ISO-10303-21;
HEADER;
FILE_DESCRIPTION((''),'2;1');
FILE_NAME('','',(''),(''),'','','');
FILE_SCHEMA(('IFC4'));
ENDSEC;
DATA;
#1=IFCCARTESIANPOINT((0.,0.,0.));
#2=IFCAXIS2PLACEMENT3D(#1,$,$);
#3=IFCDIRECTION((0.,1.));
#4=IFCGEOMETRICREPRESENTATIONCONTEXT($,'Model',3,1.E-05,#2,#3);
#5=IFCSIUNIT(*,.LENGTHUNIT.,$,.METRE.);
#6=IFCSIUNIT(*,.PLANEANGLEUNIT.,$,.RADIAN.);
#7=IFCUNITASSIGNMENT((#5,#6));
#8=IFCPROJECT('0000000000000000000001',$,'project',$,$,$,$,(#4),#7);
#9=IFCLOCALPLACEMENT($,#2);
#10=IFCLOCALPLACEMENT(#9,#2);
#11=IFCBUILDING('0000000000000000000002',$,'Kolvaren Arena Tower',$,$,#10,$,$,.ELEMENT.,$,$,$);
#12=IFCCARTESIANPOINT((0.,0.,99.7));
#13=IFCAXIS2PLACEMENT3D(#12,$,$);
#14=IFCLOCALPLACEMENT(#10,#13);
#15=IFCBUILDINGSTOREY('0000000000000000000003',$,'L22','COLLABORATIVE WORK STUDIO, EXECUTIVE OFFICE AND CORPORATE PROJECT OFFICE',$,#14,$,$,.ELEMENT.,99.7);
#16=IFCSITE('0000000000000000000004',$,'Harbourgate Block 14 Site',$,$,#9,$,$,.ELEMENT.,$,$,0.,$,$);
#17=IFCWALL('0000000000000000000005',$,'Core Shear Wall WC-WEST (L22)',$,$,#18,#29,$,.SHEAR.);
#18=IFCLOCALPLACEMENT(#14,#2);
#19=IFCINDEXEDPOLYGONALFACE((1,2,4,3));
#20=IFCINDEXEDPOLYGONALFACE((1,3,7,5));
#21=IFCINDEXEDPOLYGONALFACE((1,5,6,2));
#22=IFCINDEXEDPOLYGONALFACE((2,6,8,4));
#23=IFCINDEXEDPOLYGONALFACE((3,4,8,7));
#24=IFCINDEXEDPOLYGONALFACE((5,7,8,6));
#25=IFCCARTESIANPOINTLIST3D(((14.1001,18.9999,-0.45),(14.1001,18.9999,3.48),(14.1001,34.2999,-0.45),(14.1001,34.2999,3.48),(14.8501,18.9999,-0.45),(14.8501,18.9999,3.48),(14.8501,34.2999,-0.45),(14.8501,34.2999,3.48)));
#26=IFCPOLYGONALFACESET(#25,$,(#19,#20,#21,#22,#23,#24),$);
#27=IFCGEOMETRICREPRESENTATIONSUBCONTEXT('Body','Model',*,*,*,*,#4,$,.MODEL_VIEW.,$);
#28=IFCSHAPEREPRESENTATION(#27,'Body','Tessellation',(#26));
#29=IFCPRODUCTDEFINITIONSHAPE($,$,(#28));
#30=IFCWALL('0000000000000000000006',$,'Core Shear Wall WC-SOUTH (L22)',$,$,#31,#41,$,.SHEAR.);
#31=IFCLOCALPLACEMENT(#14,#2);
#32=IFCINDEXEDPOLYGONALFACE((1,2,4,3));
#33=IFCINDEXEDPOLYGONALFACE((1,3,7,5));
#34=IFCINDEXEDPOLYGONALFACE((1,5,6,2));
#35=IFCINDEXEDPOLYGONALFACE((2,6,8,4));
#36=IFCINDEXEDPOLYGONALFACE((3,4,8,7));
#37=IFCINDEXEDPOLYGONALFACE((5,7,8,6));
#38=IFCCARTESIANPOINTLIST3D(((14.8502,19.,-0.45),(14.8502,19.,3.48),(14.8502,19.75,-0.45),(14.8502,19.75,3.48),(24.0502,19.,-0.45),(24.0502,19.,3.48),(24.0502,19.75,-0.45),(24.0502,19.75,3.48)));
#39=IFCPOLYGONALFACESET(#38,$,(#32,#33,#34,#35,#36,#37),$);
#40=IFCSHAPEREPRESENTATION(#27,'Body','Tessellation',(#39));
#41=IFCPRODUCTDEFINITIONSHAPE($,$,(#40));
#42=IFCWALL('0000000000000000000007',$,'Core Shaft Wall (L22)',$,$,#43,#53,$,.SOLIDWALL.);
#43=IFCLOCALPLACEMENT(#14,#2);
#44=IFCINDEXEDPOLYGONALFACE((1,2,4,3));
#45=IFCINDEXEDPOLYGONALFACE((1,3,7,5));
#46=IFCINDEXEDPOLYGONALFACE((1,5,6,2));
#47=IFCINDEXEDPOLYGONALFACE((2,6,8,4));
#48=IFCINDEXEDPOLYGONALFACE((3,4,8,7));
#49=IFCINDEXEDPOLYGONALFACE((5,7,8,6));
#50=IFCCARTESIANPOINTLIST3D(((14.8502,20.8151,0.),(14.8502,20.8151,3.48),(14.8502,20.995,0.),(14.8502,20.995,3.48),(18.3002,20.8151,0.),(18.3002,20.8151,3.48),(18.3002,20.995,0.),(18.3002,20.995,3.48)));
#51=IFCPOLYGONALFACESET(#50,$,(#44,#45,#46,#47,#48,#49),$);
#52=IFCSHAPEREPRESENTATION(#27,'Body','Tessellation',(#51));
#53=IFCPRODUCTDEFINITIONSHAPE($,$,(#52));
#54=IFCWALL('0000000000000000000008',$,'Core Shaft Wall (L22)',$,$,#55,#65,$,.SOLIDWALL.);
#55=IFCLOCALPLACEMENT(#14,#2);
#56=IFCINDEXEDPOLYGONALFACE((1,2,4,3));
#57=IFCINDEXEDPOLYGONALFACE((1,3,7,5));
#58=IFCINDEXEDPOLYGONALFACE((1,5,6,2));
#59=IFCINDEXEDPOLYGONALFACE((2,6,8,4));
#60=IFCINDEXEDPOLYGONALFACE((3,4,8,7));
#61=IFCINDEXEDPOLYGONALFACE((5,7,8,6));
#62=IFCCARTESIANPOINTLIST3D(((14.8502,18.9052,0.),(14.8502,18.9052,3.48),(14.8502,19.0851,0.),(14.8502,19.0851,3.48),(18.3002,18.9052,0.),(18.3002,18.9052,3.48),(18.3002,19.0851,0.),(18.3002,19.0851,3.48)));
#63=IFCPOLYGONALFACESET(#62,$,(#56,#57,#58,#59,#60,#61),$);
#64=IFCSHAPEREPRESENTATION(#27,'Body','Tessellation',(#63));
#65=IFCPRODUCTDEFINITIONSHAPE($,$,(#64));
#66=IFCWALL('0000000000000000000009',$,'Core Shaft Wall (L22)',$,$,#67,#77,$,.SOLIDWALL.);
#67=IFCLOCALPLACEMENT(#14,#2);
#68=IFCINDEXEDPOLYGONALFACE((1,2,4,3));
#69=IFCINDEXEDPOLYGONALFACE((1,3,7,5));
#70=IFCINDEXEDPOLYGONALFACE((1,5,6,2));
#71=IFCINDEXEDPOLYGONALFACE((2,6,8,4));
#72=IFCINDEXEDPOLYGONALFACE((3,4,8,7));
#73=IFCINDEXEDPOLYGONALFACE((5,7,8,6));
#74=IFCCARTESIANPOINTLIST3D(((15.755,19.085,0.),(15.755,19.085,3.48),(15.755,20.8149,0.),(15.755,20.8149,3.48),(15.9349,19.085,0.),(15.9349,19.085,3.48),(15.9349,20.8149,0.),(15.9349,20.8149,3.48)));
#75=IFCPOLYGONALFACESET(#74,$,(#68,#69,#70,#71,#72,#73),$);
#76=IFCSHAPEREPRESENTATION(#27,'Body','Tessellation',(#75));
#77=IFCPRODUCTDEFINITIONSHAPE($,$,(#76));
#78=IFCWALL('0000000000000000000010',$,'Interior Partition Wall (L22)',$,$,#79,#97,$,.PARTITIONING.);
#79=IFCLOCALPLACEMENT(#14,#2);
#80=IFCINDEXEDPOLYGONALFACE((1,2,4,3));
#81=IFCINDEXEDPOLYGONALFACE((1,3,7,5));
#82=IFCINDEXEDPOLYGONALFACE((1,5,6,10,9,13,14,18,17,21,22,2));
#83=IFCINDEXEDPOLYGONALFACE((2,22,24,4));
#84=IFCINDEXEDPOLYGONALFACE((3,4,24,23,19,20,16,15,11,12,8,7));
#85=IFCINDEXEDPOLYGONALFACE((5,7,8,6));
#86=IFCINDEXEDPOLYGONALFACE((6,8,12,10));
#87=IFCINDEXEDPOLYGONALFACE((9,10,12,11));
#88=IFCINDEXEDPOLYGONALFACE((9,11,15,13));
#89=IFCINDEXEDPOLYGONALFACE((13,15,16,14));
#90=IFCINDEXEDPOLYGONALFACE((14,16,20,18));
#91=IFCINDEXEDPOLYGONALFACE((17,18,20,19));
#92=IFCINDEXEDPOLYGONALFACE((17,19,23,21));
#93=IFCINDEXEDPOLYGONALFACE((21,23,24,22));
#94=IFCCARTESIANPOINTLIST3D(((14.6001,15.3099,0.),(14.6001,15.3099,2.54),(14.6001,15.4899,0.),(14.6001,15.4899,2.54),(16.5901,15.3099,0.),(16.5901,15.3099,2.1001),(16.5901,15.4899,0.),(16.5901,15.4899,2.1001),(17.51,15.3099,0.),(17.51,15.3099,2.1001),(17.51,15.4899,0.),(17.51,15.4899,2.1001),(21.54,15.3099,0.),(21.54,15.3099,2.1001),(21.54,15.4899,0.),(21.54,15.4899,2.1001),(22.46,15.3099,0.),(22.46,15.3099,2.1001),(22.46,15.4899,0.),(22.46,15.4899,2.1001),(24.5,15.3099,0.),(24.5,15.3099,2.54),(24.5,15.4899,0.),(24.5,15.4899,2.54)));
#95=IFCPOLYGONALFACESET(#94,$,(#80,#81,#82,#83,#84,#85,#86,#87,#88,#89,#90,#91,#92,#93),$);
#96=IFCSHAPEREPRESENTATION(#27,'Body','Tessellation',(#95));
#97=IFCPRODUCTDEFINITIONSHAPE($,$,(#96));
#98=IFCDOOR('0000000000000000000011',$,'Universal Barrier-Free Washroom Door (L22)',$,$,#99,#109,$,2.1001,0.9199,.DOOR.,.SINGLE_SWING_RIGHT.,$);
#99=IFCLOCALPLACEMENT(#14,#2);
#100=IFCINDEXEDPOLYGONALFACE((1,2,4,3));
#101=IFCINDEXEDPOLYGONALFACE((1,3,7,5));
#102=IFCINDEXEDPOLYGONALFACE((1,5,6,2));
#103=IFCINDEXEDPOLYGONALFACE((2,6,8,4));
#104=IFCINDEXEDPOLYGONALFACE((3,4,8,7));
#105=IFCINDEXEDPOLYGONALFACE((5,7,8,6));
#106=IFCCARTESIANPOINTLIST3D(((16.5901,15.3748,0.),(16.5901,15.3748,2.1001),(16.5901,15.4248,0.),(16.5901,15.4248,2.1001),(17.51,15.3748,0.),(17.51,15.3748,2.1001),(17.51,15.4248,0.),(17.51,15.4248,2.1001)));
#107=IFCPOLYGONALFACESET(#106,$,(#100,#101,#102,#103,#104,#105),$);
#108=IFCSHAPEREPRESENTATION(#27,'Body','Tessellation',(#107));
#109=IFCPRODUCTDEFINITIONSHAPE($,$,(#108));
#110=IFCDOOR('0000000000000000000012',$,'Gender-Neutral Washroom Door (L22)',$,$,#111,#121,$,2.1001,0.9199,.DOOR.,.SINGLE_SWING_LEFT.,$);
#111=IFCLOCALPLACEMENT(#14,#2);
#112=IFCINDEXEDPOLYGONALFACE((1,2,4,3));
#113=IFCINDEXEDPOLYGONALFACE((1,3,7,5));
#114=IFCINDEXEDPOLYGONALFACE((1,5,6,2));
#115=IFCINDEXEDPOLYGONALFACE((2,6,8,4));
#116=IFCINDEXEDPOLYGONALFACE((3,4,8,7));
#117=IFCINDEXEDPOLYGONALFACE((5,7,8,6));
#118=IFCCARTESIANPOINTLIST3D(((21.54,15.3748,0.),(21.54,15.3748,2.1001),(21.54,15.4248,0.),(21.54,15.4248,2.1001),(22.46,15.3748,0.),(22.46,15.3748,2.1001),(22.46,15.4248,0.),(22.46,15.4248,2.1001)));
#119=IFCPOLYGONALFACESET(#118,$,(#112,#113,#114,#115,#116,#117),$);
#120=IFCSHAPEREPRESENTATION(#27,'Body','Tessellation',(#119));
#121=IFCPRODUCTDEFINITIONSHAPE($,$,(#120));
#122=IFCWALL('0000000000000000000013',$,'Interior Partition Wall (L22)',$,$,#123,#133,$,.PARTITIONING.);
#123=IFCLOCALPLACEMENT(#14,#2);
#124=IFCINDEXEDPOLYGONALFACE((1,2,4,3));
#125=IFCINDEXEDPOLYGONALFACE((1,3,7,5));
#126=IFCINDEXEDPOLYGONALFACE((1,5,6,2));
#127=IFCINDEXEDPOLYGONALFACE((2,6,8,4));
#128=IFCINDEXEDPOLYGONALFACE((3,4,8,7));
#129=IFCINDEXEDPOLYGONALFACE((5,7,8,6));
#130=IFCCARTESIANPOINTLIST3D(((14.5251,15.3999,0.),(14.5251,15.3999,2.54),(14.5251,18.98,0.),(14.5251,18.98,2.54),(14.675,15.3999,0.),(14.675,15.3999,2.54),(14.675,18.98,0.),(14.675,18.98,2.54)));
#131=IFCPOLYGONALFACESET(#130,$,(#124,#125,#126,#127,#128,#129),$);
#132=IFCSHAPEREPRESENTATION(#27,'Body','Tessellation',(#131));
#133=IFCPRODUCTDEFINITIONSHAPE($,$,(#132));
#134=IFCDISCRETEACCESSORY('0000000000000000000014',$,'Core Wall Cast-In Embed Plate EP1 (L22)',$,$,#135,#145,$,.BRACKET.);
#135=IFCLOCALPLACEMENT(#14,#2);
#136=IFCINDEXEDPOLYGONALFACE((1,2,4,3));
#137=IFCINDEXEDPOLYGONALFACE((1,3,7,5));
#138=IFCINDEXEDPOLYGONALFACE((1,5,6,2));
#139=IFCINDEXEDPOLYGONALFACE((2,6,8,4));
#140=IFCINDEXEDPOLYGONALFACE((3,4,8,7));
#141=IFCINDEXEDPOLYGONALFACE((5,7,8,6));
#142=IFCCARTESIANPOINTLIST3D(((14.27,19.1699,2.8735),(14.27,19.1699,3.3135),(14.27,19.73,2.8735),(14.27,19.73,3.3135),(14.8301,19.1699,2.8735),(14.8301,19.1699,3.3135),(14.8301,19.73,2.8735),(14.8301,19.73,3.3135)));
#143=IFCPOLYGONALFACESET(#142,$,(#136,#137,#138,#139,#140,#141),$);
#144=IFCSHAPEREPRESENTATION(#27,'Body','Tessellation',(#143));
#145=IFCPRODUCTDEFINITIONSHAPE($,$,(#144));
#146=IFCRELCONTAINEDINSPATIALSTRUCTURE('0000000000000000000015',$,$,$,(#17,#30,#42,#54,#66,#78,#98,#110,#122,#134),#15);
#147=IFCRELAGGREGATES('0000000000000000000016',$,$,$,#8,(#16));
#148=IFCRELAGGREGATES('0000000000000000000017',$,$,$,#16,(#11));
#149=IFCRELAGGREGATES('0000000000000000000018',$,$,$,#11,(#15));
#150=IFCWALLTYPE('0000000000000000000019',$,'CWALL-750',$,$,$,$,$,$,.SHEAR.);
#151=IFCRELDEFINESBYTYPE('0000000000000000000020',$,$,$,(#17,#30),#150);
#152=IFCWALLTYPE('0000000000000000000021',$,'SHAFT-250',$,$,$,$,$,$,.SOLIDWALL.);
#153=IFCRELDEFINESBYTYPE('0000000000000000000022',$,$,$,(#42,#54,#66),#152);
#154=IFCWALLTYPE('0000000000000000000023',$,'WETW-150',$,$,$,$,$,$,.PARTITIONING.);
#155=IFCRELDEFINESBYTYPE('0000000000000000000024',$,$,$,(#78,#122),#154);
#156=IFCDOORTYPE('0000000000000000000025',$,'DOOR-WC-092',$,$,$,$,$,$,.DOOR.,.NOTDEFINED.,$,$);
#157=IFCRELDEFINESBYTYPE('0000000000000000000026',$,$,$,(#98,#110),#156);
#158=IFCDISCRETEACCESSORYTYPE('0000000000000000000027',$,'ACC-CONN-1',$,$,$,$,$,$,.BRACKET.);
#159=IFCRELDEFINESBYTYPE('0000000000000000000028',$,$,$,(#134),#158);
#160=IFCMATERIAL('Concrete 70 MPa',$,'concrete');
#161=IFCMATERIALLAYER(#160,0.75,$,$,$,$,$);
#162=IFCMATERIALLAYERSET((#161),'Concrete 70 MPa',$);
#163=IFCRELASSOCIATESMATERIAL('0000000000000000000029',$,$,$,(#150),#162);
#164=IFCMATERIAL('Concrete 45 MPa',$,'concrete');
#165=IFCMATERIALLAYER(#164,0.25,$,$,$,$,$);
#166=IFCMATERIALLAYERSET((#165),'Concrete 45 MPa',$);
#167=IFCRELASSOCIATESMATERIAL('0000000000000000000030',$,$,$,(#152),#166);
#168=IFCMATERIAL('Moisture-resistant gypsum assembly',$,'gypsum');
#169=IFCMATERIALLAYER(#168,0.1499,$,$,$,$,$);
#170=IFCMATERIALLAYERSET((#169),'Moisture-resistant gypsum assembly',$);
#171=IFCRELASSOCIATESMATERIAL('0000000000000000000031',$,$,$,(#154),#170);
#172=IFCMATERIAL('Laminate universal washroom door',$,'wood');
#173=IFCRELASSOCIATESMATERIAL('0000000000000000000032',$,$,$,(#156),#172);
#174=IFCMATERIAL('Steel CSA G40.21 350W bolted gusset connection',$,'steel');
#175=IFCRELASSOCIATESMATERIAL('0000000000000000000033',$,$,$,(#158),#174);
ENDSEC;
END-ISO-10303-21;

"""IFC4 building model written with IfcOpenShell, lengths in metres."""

from ifc_helpers import new_model, si_unit, direction, frame, frame_2d, origin, origin_2d, place, context, subcontext, project, spatial, rectangle, extrude, material, layer, layer_set, type_object, element, fill, save


model = new_model("IFC4")

# Units and contexts
model_context = context("Model", 3, precision=1e-05, world=origin(), true_north=direction((0.0, 1.0)))
body_context = subcontext(model_context, "Body", "Model", "MODEL_VIEW")
ifc_project = project(units=[si_unit("LENGTHUNIT", "METRE"), si_unit("PLANEANGLEUNIT", "RADIAN")], contexts=[model_context])

# Site, building, storey
site_placement = place(None, origin())
site = spatial("IfcSite", under=ifc_project, at=site_placement, Name="Harbourgate Block 14 Site", CompositionType="ELEMENT", RefElevation=0.0)
building_placement = place(site_placement, origin())
building = spatial("IfcBuilding", under=site, at=building_placement, Name="Kolvaren Arena Tower", CompositionType="ELEMENT")
storey_placement = place(building_placement, frame((0.0, 0.0, 99.7)))
storey = spatial("IfcBuildingStorey", under=building, at=storey_placement, Name="L22", Description="COLLABORATIVE WORK STUDIO, EXECUTIVE OFFICE AND CORPORATE PROJECT OFFICE", CompositionType="ELEMENT", Elevation=99.7)

# Walls
ifc_material_1 = material(Name="Concrete 70 MPa", Category="concrete")
ifc_layer_1 = layer(ifc_material_1, 0.75)
ifc_layer_set_1 = layer_set([ifc_layer_1], Name="Concrete 70 MPa")
wall_type_1 = type_object("IfcWallType", Name="CWALL-750", PredefinedType="SHEAR", material=ifc_layer_set_1)
wall_1_placement = place(storey_placement, frame((14.4751, 19.0, -0.45), z_axis=(0.0, 0.0, 1.0), x_axis=(0.0, 1.0, 0.0)))
element("IfcWall", 1, at=wall_1_placement, inside=storey, type_object=wall_type_1, Name="Core Shear Wall WC-WEST (L22)", PredefinedType="SHEAR", context=body_context, shape_type="SweptSolid", body=[
    extrude(rectangle(XDim=15.3, YDim=0.75, at=frame_2d((7.6499, 0.0))), origin(), (0.0, 0.0, 1.0), 3.9299),
])
wall_2_placement = place(storey_placement, frame((14.8501, 19.375, -0.45), z_axis=(0.0, 0.0, 1.0), x_axis=(1.0, 0.0, 0.0)))
element("IfcWall", 2, at=wall_2_placement, inside=storey, type_object=wall_type_1, Name="Core Shear Wall WC-SOUTH (L22)", PredefinedType="SHEAR", context=body_context, shape_type="SweptSolid", body=[
    extrude(rectangle(XDim=9.2, YDim=0.75, at=frame_2d((4.6001, 0.0))), origin(), (0.0, 0.0, 1.0), 3.9299),
])
ifc_material_2 = material(Name="Concrete 45 MPa", Category="concrete")
ifc_layer_2 = layer(ifc_material_2, 0.25)
ifc_layer_set_2 = layer_set([ifc_layer_2], Name="Concrete 45 MPa")
wall_type_2 = type_object("IfcWallType", Name="SHAFT-250", PredefinedType="SOLIDWALL", material=ifc_layer_set_2)
for number, where, z_axis, x_axis, name in (
    (3, (14.8501, 20.905, 0.0), (0.0, 0.0, 1.0), (1.0, 0.0, 0.0), "Core Shaft Wall (L22)"),
    (4, (14.8501, 18.9951, 0.0), (0.0, 0.0, 1.0), (1.0, 0.0, 0.0), "Core Shaft Wall (L22)"),
):
    element("IfcWall", number, at=place(storey_placement, frame(where, z_axis=z_axis, x_axis=x_axis)), inside=storey, type_object=wall_type_2, Name=name, PredefinedType="SOLIDWALL", context=body_context, shape_type="SweptSolid", body=[
        extrude(rectangle(XDim=3.45, YDim=0.1799, at=frame_2d((1.7251, 0.0))), origin(), (0.0, 0.0, 1.0), 3.48),
    ])
wall_3_placement = place(storey_placement, frame((15.845, 19.085, 0.0), z_axis=(0.0, 0.0, 1.0), x_axis=(0.0, 1.0, 0.0)))
element("IfcWall", 5, at=wall_3_placement, inside=storey, type_object=wall_type_2, Name="Core Shaft Wall (L22)", PredefinedType="SOLIDWALL", context=body_context, shape_type="SweptSolid", body=[
    extrude(rectangle(XDim=1.73, YDim=0.1799, at=frame_2d((0.865, 0.0))), origin(), (0.0, 0.0, 1.0), 3.48),
])

# Wall, openings, doors
ifc_material_3 = material(Name="Moisture-resistant gypsum assembly", Category="gypsum")
ifc_layer_3 = layer(ifc_material_3, 0.1499)
ifc_layer_set_3 = layer_set([ifc_layer_3], Name="Moisture-resistant gypsum assembly")
wall_type_3 = type_object("IfcWallType", Name="WETW-150", PredefinedType="PARTITIONING", material=ifc_layer_set_3)
wall_4_placement = place(storey_placement, frame((14.6001, 15.3999, 0.0), z_axis=(0.0, 0.0, 1.0), x_axis=(1.0, 0.0, 0.0)))
wall_4 = element("IfcWall", 6, at=wall_4_placement, inside=storey, type_object=wall_type_3, Name="Interior Partition Wall (L22)", PredefinedType="PARTITIONING", context=body_context, shape_type="SweptSolid", body=[
    extrude(rectangle(XDim=9.8999, YDim=0.1799, at=frame_2d((4.95, 0.0))), origin(), (0.0, 0.0, 1.0), 2.54),
])
opening_1_placement = place(wall_4_placement, frame((1.99, 0.0, 0.0)))
opening_1 = element("IfcOpeningElement", 7, at=opening_1_placement, cuts=wall_4, PredefinedType="OPENING", context=body_context, shape_type="SweptSolid", body=[
    extrude(rectangle(XDim=0.9199, YDim=2.1001, at=frame_2d((0.46, 1.05))), frame((0.0, 0.0999, 0.0), z_axis=(0.0, -1.0, 0.0), x_axis=(1.0, 0.0, 0.0)), (0.0, 0.0, 1.0), 0.2),
])
opening_2_placement = place(wall_4_placement, frame((6.9399, 0.0, 0.0)))
opening_2 = element("IfcOpeningElement", 8, at=opening_2_placement, cuts=wall_4, PredefinedType="OPENING", context=body_context, shape_type="SweptSolid", body=[
    extrude(rectangle(XDim=0.9199, YDim=2.1001, at=frame_2d((0.46, 1.05))), frame((0.0, 0.0999, 0.0), z_axis=(0.0, -1.0, 0.0), x_axis=(1.0, 0.0, 0.0)), (0.0, 0.0, 1.0), 0.2),
])
ifc_material_4 = material(Name="Laminate universal washroom door", Category="wood")
door_type_1 = type_object("IfcDoorType", Name="DOOR-WC-092", OperationType="NOTDEFINED", PredefinedType="DOOR", material=ifc_material_4)
door_1_placement = place(opening_1_placement, origin())
door_1 = element("IfcDoor", 9, at=door_1_placement, inside=storey, type_object=door_type_1, Name="Universal Barrier-Free Washroom Door (L22)", OperationType="SINGLE_SWING_RIGHT", OverallHeight=2.1001, OverallWidth=0.9199, PredefinedType="DOOR", context=body_context, shape_type="SweptSolid", body=[
    extrude(rectangle(XDim=0.9199, YDim=2.1001, at=frame_2d((0.46, 1.05))), frame((0.0, 0.0249, 0.0), z_axis=(0.0, -1.0, 0.0), x_axis=(1.0, 0.0, 0.0)), (0.0, 0.0, 1.0), 0.05),
])
fill(opening_1, door_1)
door_2_placement = place(opening_2_placement, origin())
door_2 = element("IfcDoor", 10, at=door_2_placement, inside=storey, type_object=door_type_1, Name="Gender-Neutral Washroom Door (L22)", OperationType="SINGLE_SWING_LEFT", OverallHeight=2.1001, OverallWidth=0.9199, PredefinedType="DOOR", context=body_context, shape_type="SweptSolid", body=[
    extrude(rectangle(XDim=0.9199, YDim=2.1001, at=frame_2d((0.46, 1.05))), frame((0.0, 0.0249, 0.0), z_axis=(0.0, -1.0, 0.0), x_axis=(1.0, 0.0, 0.0)), (0.0, 0.0, 1.0), 0.05),
])
fill(opening_2, door_2)

# Wall
wall_5_placement = place(storey_placement, frame((14.6001, 15.3999, 0.0), z_axis=(0.0, 0.0, 1.0), x_axis=(0.0, 1.0, 0.0)))
element("IfcWall", 11, at=wall_5_placement, inside=storey, type_object=wall_type_3, Name="Interior Partition Wall (L22)", PredefinedType="PARTITIONING", context=body_context, shape_type="SweptSolid", body=[
    extrude(rectangle(XDim=3.5801, YDim=0.1499, at=frame_2d((1.79, 0.0))), origin(), (0.0, 0.0, 1.0), 2.54),
])

# Discrete accessory
ifc_material_5 = material(Name="Steel CSA G40.21 350W bolted gusset connection", Category="steel")
discrete_accessory_type = type_object("IfcDiscreteAccessoryType", Name="ACC-CONN-1", PredefinedType="BRACKET", material=ifc_material_5)
discrete_accessory_placement = place(storey_placement, frame((14.55, 19.45, 2.8735), z_axis=(0.0, 0.0, 1.0), x_axis=(1.0, 0.0, 0.0)))
element("IfcDiscreteAccessory", 12, at=discrete_accessory_placement, inside=storey, type_object=discrete_accessory_type, Name="Core Wall Cast-In Embed Plate EP1 (L22)", PredefinedType="BRACKET", context=body_context, shape_type="SweptSolid", body=[
    extrude(rectangle(XDim=0.5601, YDim=0.5601, at=origin_2d()), origin(), (0.0, 0.0, 1.0), 0.4399),
])

save(model, "model.ifc")
